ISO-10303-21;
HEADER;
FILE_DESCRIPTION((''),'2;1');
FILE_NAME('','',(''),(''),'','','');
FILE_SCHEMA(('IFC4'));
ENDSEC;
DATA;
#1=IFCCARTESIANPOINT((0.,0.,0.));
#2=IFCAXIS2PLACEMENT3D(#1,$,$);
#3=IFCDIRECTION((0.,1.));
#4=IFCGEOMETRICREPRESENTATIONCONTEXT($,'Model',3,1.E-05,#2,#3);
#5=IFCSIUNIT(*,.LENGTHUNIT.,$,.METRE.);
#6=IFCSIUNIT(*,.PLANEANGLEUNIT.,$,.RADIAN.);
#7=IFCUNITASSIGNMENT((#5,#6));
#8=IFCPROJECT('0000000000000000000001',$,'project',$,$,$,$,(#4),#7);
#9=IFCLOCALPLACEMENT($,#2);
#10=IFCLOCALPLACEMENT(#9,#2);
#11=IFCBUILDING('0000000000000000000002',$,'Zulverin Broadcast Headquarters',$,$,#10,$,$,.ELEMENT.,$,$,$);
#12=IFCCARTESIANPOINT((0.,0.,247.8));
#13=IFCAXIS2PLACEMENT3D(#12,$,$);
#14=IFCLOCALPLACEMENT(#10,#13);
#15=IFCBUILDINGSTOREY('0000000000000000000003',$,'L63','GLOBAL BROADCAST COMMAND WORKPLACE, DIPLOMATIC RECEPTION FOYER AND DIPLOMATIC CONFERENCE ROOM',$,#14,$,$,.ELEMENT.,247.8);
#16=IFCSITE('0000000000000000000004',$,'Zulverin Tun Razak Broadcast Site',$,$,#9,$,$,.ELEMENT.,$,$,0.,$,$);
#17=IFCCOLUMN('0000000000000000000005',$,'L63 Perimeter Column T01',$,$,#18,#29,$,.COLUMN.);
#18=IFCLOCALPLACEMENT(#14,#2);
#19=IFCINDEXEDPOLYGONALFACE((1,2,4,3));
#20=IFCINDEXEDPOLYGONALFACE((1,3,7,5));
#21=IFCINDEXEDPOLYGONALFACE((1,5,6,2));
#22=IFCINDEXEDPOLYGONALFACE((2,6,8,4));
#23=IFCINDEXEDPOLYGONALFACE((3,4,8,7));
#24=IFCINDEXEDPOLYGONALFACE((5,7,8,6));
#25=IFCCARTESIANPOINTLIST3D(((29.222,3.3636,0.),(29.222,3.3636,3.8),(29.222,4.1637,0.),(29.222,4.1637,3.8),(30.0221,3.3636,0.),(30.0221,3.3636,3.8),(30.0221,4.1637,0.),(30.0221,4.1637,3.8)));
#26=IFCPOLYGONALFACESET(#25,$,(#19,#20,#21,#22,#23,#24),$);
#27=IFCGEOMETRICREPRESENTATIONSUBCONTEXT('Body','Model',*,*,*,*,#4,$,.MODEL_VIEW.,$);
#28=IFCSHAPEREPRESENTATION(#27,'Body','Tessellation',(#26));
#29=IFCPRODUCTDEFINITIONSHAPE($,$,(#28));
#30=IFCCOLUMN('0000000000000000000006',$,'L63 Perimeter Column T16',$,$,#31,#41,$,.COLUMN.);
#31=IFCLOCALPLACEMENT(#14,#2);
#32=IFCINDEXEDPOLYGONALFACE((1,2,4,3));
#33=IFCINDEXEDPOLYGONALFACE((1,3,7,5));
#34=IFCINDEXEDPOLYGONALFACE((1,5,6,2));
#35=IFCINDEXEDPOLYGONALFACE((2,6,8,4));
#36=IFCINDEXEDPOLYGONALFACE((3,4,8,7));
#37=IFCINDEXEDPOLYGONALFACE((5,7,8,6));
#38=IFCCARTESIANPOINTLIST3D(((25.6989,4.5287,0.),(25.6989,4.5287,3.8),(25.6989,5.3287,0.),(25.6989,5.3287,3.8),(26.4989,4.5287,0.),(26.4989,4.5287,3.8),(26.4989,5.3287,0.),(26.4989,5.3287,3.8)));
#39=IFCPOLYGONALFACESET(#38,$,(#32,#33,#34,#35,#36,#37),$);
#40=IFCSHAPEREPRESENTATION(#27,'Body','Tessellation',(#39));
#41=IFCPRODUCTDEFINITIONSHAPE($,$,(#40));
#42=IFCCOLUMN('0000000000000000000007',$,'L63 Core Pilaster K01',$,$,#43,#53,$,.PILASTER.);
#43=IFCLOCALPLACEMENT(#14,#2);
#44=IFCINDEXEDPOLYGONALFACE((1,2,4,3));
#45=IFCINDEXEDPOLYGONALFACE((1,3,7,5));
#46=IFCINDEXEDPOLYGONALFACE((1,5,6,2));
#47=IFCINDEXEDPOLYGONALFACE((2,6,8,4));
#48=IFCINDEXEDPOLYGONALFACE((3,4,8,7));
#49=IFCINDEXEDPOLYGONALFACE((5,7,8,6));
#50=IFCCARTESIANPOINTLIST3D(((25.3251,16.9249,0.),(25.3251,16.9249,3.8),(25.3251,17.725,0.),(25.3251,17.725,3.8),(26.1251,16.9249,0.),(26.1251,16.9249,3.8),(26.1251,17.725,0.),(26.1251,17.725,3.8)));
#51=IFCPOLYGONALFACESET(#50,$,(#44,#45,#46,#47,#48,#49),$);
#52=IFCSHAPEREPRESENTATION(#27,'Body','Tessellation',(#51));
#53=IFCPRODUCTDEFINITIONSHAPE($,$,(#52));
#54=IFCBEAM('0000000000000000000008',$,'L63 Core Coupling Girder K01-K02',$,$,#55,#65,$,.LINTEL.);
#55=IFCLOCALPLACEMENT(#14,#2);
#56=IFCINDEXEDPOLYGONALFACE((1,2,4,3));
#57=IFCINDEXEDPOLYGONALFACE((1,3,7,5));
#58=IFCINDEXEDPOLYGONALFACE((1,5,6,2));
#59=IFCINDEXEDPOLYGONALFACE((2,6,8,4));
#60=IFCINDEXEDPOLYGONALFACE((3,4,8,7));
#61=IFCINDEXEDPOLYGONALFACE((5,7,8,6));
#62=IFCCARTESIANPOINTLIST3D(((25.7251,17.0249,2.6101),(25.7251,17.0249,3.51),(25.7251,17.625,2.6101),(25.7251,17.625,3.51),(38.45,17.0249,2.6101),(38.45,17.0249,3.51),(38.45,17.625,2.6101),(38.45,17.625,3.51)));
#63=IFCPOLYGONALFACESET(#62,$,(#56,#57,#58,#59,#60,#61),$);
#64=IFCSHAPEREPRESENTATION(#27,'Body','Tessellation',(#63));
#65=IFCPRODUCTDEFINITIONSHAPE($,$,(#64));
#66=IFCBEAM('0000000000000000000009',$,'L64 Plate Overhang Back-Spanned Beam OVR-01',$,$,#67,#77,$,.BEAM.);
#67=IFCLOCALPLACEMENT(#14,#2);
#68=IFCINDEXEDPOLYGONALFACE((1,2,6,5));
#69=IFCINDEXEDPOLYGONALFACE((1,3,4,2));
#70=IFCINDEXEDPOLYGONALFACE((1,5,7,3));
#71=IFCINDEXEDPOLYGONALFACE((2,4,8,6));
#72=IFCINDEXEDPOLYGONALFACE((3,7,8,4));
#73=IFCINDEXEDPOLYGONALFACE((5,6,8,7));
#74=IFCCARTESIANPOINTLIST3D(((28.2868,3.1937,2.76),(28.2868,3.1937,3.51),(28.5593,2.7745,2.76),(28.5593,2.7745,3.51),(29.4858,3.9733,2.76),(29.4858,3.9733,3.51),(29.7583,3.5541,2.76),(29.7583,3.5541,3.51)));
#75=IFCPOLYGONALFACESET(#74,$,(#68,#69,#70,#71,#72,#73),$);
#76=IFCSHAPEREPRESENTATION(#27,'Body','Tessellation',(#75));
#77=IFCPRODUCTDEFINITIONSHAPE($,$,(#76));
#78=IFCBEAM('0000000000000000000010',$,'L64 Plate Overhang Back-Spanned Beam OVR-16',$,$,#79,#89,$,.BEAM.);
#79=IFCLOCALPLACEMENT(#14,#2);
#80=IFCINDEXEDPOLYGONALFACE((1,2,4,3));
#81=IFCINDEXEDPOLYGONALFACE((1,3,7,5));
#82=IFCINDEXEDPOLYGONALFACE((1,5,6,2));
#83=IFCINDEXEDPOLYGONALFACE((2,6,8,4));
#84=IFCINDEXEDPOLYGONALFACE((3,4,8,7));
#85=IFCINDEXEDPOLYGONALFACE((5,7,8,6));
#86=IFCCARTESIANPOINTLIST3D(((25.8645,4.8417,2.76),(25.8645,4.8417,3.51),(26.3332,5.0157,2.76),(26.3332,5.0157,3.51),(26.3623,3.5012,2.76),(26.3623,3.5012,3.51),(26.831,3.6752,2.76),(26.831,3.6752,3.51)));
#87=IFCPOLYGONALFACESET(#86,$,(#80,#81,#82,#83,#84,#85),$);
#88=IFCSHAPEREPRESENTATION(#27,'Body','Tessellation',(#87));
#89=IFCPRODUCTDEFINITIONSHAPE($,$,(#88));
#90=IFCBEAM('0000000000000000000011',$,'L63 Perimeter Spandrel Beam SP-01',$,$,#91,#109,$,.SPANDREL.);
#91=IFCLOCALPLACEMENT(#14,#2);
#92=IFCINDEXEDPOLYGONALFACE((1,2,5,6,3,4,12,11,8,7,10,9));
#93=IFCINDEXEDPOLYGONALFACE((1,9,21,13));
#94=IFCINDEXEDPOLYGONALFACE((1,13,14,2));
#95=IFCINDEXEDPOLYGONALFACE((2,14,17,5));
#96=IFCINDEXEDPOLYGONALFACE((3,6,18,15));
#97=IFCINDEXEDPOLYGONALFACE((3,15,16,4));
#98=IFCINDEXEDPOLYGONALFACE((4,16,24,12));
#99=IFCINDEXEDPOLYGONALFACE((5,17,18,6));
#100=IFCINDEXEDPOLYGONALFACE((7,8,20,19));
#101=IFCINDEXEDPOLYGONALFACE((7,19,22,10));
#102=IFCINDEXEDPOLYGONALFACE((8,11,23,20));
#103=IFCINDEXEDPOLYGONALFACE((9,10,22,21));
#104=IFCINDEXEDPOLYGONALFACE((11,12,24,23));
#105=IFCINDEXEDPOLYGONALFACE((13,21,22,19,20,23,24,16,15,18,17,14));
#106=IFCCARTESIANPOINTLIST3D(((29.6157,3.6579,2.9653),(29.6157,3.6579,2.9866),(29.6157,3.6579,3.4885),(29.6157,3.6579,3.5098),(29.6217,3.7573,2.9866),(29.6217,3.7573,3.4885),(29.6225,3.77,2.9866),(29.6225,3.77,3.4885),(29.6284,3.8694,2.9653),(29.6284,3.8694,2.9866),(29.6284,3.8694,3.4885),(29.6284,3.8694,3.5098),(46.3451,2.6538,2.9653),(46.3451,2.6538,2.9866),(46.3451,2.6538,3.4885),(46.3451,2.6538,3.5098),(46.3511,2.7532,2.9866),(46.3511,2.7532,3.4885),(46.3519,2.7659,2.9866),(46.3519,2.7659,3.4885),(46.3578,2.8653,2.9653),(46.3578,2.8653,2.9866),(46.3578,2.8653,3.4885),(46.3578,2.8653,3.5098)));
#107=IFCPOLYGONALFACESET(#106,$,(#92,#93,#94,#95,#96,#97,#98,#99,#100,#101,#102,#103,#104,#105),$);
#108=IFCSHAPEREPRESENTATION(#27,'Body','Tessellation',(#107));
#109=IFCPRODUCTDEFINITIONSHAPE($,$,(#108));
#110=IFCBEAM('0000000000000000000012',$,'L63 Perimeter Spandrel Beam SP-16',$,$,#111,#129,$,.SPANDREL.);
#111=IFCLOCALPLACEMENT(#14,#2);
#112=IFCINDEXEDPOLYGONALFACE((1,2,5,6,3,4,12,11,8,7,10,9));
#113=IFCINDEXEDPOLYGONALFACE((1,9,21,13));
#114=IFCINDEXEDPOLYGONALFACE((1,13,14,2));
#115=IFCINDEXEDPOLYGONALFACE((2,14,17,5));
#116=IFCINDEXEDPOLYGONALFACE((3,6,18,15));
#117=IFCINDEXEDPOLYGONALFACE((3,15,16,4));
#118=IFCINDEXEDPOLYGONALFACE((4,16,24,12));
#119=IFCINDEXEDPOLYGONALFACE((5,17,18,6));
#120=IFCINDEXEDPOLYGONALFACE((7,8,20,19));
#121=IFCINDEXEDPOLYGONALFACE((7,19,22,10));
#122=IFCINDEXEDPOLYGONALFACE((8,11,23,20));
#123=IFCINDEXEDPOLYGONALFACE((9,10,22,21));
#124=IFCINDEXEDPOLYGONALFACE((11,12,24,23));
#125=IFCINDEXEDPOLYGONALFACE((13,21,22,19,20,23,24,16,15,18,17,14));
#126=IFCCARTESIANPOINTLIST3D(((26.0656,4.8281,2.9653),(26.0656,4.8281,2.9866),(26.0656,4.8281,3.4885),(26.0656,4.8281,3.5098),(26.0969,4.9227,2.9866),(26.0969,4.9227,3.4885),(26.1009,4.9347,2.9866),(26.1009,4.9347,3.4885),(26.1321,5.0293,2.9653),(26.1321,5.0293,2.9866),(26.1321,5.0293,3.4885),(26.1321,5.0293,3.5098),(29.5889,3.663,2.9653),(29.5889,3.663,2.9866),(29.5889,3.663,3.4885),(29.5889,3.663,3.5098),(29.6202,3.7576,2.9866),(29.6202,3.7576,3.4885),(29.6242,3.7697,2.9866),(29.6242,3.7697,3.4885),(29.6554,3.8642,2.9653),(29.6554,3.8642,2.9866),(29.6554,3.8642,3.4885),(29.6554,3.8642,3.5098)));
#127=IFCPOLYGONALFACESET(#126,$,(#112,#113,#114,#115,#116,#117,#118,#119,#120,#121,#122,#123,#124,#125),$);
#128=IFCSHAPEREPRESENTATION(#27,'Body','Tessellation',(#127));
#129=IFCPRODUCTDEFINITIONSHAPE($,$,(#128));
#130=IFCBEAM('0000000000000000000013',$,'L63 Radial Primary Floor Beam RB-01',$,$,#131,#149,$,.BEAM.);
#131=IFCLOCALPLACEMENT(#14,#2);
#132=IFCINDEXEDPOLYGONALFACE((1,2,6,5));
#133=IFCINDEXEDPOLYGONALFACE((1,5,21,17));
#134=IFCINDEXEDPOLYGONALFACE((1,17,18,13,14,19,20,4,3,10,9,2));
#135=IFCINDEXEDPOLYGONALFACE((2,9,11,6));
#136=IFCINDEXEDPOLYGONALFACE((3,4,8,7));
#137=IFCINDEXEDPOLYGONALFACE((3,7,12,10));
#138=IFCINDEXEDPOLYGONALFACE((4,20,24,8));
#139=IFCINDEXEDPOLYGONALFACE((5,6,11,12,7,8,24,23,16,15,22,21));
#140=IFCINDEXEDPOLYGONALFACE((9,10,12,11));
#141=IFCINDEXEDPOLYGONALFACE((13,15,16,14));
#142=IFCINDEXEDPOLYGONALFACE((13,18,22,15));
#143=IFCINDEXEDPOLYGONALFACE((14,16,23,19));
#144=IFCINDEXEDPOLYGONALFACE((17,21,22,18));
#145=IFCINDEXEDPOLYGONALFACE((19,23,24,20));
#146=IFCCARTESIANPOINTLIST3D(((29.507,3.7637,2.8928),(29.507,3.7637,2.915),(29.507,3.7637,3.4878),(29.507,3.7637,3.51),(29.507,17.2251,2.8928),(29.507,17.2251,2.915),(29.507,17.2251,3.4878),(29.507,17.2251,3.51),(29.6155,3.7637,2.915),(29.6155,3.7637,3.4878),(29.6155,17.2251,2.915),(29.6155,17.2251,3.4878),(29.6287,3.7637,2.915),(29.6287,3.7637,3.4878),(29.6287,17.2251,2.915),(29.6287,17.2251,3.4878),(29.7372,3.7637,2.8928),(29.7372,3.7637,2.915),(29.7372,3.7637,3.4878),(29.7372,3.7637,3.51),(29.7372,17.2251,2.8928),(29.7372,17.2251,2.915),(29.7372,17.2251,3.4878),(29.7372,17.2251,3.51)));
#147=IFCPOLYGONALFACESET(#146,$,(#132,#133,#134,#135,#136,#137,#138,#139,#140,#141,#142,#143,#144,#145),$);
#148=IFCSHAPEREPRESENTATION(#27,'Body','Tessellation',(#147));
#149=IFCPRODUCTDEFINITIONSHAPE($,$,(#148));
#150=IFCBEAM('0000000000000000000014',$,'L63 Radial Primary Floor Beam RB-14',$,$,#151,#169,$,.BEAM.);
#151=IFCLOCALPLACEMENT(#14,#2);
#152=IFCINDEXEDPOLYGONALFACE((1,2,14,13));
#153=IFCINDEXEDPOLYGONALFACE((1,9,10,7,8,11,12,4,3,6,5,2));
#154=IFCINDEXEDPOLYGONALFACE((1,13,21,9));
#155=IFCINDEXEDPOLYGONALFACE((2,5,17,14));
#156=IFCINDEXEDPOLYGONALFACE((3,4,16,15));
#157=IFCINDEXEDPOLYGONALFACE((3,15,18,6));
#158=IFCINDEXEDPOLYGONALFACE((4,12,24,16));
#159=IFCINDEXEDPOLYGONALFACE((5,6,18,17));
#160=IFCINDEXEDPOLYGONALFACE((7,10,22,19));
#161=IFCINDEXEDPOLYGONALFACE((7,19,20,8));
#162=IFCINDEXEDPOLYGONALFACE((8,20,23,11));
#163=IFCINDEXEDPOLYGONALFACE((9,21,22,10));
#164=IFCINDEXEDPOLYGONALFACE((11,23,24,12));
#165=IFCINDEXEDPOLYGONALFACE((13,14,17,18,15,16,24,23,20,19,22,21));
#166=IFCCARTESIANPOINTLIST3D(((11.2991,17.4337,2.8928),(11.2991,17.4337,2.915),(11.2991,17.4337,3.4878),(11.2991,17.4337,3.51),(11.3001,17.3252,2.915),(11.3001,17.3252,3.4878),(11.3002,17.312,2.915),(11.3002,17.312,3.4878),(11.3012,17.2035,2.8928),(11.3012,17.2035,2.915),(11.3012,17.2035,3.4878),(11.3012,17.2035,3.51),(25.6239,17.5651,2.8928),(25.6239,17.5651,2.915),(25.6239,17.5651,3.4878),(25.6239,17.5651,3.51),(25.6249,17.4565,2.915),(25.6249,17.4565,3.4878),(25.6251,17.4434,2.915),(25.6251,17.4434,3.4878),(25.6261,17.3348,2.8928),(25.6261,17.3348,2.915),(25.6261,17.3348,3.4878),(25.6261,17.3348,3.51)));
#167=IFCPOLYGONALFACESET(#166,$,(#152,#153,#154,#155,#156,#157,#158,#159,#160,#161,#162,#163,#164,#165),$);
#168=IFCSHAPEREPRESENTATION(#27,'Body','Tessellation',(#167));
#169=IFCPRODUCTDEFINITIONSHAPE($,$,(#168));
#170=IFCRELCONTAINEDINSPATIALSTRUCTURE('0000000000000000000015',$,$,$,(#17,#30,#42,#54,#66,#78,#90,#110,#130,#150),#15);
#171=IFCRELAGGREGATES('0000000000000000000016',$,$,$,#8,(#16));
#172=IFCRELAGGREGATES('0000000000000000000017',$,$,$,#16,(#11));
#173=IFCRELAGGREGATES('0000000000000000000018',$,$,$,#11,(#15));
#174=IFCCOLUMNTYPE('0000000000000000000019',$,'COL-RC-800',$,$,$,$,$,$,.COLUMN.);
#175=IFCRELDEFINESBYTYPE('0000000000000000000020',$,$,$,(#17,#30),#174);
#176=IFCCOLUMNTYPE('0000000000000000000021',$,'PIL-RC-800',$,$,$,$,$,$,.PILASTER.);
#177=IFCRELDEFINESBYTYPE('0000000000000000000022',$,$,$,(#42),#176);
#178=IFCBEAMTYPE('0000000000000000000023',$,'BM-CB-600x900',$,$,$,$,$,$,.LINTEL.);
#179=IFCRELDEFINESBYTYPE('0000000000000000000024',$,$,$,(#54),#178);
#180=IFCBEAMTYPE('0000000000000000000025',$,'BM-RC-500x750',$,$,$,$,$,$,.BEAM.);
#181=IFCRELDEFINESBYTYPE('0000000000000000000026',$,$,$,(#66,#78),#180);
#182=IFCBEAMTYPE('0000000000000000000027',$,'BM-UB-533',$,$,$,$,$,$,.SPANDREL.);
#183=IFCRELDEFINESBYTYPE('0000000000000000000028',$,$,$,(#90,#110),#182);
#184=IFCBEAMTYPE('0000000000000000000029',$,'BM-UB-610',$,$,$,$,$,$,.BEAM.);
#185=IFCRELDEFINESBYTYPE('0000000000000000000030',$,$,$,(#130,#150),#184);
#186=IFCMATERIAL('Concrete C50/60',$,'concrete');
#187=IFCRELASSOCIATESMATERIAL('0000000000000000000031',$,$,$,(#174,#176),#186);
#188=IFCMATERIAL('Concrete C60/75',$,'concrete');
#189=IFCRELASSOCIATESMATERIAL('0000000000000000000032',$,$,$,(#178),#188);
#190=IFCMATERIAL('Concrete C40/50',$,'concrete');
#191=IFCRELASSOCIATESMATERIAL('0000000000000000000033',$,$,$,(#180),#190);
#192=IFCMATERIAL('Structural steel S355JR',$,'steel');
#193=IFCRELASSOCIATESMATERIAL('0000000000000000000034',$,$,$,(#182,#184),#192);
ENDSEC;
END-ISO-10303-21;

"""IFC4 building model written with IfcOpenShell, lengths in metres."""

from ifc_helpers import new_model, si_unit, direction, frame, origin, origin_2d, place, context, subcontext, project, spatial, rectangle, i_section, extrude, material, material_profile, profile_set, type_object, element, save


model = new_model("IFC4")

# Units and contexts
model_context = context("Model", 3, precision=1e-05, world=origin(), true_north=direction((0.0, 1.0)))
body_context = subcontext(model_context, "Body", "Model", "MODEL_VIEW")
ifc_project = project(units=[si_unit("LENGTHUNIT", "METRE"), si_unit("PLANEANGLEUNIT", "RADIAN")], contexts=[model_context])

# Site, building, storey
site_placement = place(None, origin())
site = spatial("IfcSite", under=ifc_project, at=site_placement, Name="Zulverin Tun Razak Broadcast Site", CompositionType="ELEMENT", RefElevation=0.0)
building_placement = place(site_placement, origin())
building = spatial("IfcBuilding", under=site, at=building_placement, Name="Zulverin Broadcast Headquarters", CompositionType="ELEMENT")
storey_placement = place(building_placement, frame((0.0, 0.0, 247.8)))
storey = spatial("IfcBuildingStorey", under=building, at=storey_placement, Name="L63", Description="GLOBAL BROADCAST COMMAND WORKPLACE, DIPLOMATIC RECEPTION FOYER AND DIPLOMATIC CONFERENCE ROOM", CompositionType="ELEMENT", Elevation=247.8)

# Columns
ifc_material_1 = material(Name="Concrete C50/60", Category="concrete")
ifc_material_profile_1 = material_profile(ifc_material_1, rectangle(XDim=0.8, YDim=0.8, at=origin_2d()), Name="Concrete C50/60", Category="concrete")
ifc_profile_set_1 = profile_set([ifc_material_profile_1], Name="Concrete C50/60")
column_type_1 = type_object("IfcColumnType", Name="COL-RC-800", PredefinedType="COLUMN", material=ifc_profile_set_1)
for number, where, z_axis, x_axis, name in (
    (1, (29.6221, 3.7637, 0.0), (0.0, 0.0, 1.0), (1.0, 0.0, 0.0), "L63 Perimeter Column T01"),
    (2, (26.0989, 4.9287, 0.0), (0.0, 0.0, 1.0), (1.0, 0.0, 0.0), "L63 Perimeter Column T16"),
):
    element("IfcColumn", number, at=place(storey_placement, frame(where, z_axis=z_axis, x_axis=x_axis)), inside=storey, type_object=column_type_1, Name=name, PredefinedType="COLUMN", context=body_context, shape_type="SweptSolid", body=[
        extrude(rectangle(XDim=0.8, YDim=0.8, at=origin_2d()), origin(), (0.0, 0.0, 1.0), 3.8),
    ])
ifc_material_profile_2 = material_profile(ifc_material_1, rectangle(XDim=0.8, YDim=0.8, at=origin_2d()), Name="Concrete C50/60", Category="concrete")
ifc_profile_set_2 = profile_set([ifc_material_profile_2], Name="Concrete C50/60")
column_type_2 = type_object("IfcColumnType", Name="PIL-RC-800", PredefinedType="PILASTER", material=ifc_profile_set_2)
column_placement = place(storey_placement, frame((25.7251, 17.325, 0.0), z_axis=(0.0, 0.0, 1.0), x_axis=(1.0, 0.0, 0.0)))
element("IfcColumn", 3, at=column_placement, inside=storey, type_object=column_type_2, Name="L63 Core Pilaster K01", PredefinedType="PILASTER", context=body_context, shape_type="SweptSolid", body=[
    extrude(rectangle(XDim=0.8, YDim=0.8, at=origin_2d()), origin(), (0.0, 0.0, 1.0), 3.8),
])

# Beams
ifc_material_2 = material(Name="Concrete C60/75", Category="concrete")
ifc_material_profile_3 = material_profile(ifc_material_2, rectangle(XDim=0.6001, YDim=0.8999, at=origin_2d()), Name="Concrete C60/75", Category="concrete")
ifc_profile_set_3 = profile_set([ifc_material_profile_3], Name="Concrete C60/75")
beam_type_1 = type_object("IfcBeamType", Name="BM-CB-600x900", PredefinedType="LINTEL", material=ifc_profile_set_3)
beam_1_placement = place(storey_placement, frame((25.7251, 17.325, 3.0601), z_axis=(1.0, 0.0, 0.0), x_axis=(0.0, 1.0, 0.0)))
element("IfcBeam", 4, at=beam_1_placement, inside=storey, type_object=beam_type_1, Name="L63 Core Coupling Girder K01-K02", PredefinedType="LINTEL", context=body_context, shape_type="SweptSolid", body=[
    extrude(rectangle(XDim=0.6001, YDim=0.8999, at=origin_2d()), origin(), (0.0, 0.0, 1.0), 12.7249),
])
ifc_material_3 = material(Name="Concrete C40/50", Category="concrete")
ifc_material_profile_4 = material_profile(ifc_material_3, rectangle(XDim=0.5, YDim=0.75, at=origin_2d()), Name="Concrete C40/50", Category="concrete")
ifc_profile_set_4 = profile_set([ifc_material_profile_4], Name="Concrete C40/50")
beam_type_2 = type_object("IfcBeamType", Name="BM-RC-500x750", PredefinedType="BEAM", material=ifc_profile_set_4)
beam_2_placement = place(storey_placement, frame((29.6221, 3.7637, 3.135), z_axis=(-0.838377, -0.54509, 0.0), x_axis=(0.54509, -0.838377, 0.0)))
element("IfcBeam", 5, at=beam_2_placement, inside=storey, type_object=beam_type_2, Name="L64 Plate Overhang Back-Spanned Beam OVR-01", PredefinedType="BEAM", context=body_context, shape_type="SweptSolid", body=[
    extrude(rectangle(XDim=0.5, YDim=0.75, at=origin_2d()), origin(), (0.0, 0.0, 1.0), 1.4302),
])
beam_3_placement = place(storey_placement, frame((26.0989, 4.9287, 3.135), z_axis=(0.348109, -0.937454, 0.0), x_axis=(0.937454, 0.348109, 0.0)))
element("IfcBeam", 6, at=beam_3_placement, inside=storey, type_object=beam_type_2, Name="L64 Plate Overhang Back-Spanned Beam OVR-16", PredefinedType="BEAM", context=body_context, shape_type="SweptSolid", body=[
    extrude(rectangle(XDim=0.5, YDim=0.75, at=origin_2d()), origin(), (0.0, 0.0, 1.0), 1.4299),
])
ifc_material_4 = material(Name="Structural steel S355JR", Category="steel")
ifc_material_profile_5 = material_profile(ifc_material_4, i_section(OverallWidth=0.2119, OverallDepth=0.5444, WebThickness=0.0127, FlangeThickness=0.0212, at=origin_2d()), Name="Structural steel S355JR", Category="steel")
ifc_profile_set_5 = profile_set([ifc_material_profile_5], Name="Structural steel S355JR")
beam_type_3 = type_object("IfcBeamType", Name="BM-UB-533", PredefinedType="SPANDREL", material=ifc_profile_set_5)
beam_4_placement = place(storey_placement, frame((29.6221, 3.7637, 3.2375), z_axis=(0.998203, -0.059915, 0.0), x_axis=(0.059915, 0.998203, 0.0)))
element("IfcBeam", 7, at=beam_4_placement, inside=storey, type_object=beam_type_3, Name="L63 Perimeter Spandrel Beam SP-01", PredefinedType="SPANDREL", context=body_context, shape_type="SweptSolid", body=[
    extrude(i_section(OverallWidth=0.2119, OverallDepth=0.5444, WebThickness=0.0127, FlangeThickness=0.0212, at=origin_2d()), origin(), (0.0, 0.0, 1.0), 16.7595),
])
beam_5_placement = place(storey_placement, frame((26.0989, 4.9287, 3.2375), z_axis=(0.949437, -0.313957, 0.0), x_axis=(0.313957, 0.949437, 0.0)))
element("IfcBeam", 8, at=beam_5_placement, inside=storey, type_object=beam_type_3, Name="L63 Perimeter Spandrel Beam SP-16", PredefinedType="SPANDREL", context=body_context, shape_type="SweptSolid", body=[
    extrude(i_section(OverallWidth=0.2119, OverallDepth=0.5444, WebThickness=0.0127, FlangeThickness=0.0212, at=origin_2d()), origin(), (0.0, 0.0, 1.0), 3.7109),
])
ifc_material_profile_6 = material_profile(ifc_material_4, i_section(OverallWidth=0.2302, OverallDepth=0.6172, WebThickness=0.0132, FlangeThickness=0.0222, at=origin_2d()), Name="Structural steel S355JR", Category="steel")
ifc_profile_set_6 = profile_set([ifc_material_profile_6], Name="Structural steel S355JR")
beam_type_4 = type_object("IfcBeamType", Name="BM-UB-610", PredefinedType="BEAM", material=ifc_profile_set_6)
beam_6_placement = place(storey_placement, frame((29.6221, 17.2251, 3.2014), z_axis=(0.0, -1.0, 0.0), x_axis=(1.0, 0.0, 0.0)))
element("IfcBeam", 9, at=beam_6_placement, inside=storey, type_object=beam_type_4, Name="L63 Radial Primary Floor Beam RB-01", PredefinedType="BEAM", context=body_context, shape_type="SweptSolid", body=[
    extrude(i_section(OverallWidth=0.2302, OverallDepth=0.6172, WebThickness=0.0132, FlangeThickness=0.0222, at=origin_2d()), origin(), (0.0, 0.0, 1.0), 13.4614),
])
beam_7_placement = place(storey_placement, frame((25.625, 17.45, 3.2014), z_axis=(-0.999958, -0.009169, 0.0), x_axis=(0.009169, -0.999958, 0.0)))
element("IfcBeam", 10, at=beam_7_placement, inside=storey, type_object=beam_type_4, Name="L63 Radial Primary Floor Beam RB-14", PredefinedType="BEAM", context=body_context, shape_type="SweptSolid", body=[
    extrude(i_section(OverallWidth=0.2302, OverallDepth=0.6172, WebThickness=0.0132, FlangeThickness=0.0222, at=origin_2d()), origin(), (0.0, 0.0, 1.0), 14.3254),
])

save(model, "model.ifc")
